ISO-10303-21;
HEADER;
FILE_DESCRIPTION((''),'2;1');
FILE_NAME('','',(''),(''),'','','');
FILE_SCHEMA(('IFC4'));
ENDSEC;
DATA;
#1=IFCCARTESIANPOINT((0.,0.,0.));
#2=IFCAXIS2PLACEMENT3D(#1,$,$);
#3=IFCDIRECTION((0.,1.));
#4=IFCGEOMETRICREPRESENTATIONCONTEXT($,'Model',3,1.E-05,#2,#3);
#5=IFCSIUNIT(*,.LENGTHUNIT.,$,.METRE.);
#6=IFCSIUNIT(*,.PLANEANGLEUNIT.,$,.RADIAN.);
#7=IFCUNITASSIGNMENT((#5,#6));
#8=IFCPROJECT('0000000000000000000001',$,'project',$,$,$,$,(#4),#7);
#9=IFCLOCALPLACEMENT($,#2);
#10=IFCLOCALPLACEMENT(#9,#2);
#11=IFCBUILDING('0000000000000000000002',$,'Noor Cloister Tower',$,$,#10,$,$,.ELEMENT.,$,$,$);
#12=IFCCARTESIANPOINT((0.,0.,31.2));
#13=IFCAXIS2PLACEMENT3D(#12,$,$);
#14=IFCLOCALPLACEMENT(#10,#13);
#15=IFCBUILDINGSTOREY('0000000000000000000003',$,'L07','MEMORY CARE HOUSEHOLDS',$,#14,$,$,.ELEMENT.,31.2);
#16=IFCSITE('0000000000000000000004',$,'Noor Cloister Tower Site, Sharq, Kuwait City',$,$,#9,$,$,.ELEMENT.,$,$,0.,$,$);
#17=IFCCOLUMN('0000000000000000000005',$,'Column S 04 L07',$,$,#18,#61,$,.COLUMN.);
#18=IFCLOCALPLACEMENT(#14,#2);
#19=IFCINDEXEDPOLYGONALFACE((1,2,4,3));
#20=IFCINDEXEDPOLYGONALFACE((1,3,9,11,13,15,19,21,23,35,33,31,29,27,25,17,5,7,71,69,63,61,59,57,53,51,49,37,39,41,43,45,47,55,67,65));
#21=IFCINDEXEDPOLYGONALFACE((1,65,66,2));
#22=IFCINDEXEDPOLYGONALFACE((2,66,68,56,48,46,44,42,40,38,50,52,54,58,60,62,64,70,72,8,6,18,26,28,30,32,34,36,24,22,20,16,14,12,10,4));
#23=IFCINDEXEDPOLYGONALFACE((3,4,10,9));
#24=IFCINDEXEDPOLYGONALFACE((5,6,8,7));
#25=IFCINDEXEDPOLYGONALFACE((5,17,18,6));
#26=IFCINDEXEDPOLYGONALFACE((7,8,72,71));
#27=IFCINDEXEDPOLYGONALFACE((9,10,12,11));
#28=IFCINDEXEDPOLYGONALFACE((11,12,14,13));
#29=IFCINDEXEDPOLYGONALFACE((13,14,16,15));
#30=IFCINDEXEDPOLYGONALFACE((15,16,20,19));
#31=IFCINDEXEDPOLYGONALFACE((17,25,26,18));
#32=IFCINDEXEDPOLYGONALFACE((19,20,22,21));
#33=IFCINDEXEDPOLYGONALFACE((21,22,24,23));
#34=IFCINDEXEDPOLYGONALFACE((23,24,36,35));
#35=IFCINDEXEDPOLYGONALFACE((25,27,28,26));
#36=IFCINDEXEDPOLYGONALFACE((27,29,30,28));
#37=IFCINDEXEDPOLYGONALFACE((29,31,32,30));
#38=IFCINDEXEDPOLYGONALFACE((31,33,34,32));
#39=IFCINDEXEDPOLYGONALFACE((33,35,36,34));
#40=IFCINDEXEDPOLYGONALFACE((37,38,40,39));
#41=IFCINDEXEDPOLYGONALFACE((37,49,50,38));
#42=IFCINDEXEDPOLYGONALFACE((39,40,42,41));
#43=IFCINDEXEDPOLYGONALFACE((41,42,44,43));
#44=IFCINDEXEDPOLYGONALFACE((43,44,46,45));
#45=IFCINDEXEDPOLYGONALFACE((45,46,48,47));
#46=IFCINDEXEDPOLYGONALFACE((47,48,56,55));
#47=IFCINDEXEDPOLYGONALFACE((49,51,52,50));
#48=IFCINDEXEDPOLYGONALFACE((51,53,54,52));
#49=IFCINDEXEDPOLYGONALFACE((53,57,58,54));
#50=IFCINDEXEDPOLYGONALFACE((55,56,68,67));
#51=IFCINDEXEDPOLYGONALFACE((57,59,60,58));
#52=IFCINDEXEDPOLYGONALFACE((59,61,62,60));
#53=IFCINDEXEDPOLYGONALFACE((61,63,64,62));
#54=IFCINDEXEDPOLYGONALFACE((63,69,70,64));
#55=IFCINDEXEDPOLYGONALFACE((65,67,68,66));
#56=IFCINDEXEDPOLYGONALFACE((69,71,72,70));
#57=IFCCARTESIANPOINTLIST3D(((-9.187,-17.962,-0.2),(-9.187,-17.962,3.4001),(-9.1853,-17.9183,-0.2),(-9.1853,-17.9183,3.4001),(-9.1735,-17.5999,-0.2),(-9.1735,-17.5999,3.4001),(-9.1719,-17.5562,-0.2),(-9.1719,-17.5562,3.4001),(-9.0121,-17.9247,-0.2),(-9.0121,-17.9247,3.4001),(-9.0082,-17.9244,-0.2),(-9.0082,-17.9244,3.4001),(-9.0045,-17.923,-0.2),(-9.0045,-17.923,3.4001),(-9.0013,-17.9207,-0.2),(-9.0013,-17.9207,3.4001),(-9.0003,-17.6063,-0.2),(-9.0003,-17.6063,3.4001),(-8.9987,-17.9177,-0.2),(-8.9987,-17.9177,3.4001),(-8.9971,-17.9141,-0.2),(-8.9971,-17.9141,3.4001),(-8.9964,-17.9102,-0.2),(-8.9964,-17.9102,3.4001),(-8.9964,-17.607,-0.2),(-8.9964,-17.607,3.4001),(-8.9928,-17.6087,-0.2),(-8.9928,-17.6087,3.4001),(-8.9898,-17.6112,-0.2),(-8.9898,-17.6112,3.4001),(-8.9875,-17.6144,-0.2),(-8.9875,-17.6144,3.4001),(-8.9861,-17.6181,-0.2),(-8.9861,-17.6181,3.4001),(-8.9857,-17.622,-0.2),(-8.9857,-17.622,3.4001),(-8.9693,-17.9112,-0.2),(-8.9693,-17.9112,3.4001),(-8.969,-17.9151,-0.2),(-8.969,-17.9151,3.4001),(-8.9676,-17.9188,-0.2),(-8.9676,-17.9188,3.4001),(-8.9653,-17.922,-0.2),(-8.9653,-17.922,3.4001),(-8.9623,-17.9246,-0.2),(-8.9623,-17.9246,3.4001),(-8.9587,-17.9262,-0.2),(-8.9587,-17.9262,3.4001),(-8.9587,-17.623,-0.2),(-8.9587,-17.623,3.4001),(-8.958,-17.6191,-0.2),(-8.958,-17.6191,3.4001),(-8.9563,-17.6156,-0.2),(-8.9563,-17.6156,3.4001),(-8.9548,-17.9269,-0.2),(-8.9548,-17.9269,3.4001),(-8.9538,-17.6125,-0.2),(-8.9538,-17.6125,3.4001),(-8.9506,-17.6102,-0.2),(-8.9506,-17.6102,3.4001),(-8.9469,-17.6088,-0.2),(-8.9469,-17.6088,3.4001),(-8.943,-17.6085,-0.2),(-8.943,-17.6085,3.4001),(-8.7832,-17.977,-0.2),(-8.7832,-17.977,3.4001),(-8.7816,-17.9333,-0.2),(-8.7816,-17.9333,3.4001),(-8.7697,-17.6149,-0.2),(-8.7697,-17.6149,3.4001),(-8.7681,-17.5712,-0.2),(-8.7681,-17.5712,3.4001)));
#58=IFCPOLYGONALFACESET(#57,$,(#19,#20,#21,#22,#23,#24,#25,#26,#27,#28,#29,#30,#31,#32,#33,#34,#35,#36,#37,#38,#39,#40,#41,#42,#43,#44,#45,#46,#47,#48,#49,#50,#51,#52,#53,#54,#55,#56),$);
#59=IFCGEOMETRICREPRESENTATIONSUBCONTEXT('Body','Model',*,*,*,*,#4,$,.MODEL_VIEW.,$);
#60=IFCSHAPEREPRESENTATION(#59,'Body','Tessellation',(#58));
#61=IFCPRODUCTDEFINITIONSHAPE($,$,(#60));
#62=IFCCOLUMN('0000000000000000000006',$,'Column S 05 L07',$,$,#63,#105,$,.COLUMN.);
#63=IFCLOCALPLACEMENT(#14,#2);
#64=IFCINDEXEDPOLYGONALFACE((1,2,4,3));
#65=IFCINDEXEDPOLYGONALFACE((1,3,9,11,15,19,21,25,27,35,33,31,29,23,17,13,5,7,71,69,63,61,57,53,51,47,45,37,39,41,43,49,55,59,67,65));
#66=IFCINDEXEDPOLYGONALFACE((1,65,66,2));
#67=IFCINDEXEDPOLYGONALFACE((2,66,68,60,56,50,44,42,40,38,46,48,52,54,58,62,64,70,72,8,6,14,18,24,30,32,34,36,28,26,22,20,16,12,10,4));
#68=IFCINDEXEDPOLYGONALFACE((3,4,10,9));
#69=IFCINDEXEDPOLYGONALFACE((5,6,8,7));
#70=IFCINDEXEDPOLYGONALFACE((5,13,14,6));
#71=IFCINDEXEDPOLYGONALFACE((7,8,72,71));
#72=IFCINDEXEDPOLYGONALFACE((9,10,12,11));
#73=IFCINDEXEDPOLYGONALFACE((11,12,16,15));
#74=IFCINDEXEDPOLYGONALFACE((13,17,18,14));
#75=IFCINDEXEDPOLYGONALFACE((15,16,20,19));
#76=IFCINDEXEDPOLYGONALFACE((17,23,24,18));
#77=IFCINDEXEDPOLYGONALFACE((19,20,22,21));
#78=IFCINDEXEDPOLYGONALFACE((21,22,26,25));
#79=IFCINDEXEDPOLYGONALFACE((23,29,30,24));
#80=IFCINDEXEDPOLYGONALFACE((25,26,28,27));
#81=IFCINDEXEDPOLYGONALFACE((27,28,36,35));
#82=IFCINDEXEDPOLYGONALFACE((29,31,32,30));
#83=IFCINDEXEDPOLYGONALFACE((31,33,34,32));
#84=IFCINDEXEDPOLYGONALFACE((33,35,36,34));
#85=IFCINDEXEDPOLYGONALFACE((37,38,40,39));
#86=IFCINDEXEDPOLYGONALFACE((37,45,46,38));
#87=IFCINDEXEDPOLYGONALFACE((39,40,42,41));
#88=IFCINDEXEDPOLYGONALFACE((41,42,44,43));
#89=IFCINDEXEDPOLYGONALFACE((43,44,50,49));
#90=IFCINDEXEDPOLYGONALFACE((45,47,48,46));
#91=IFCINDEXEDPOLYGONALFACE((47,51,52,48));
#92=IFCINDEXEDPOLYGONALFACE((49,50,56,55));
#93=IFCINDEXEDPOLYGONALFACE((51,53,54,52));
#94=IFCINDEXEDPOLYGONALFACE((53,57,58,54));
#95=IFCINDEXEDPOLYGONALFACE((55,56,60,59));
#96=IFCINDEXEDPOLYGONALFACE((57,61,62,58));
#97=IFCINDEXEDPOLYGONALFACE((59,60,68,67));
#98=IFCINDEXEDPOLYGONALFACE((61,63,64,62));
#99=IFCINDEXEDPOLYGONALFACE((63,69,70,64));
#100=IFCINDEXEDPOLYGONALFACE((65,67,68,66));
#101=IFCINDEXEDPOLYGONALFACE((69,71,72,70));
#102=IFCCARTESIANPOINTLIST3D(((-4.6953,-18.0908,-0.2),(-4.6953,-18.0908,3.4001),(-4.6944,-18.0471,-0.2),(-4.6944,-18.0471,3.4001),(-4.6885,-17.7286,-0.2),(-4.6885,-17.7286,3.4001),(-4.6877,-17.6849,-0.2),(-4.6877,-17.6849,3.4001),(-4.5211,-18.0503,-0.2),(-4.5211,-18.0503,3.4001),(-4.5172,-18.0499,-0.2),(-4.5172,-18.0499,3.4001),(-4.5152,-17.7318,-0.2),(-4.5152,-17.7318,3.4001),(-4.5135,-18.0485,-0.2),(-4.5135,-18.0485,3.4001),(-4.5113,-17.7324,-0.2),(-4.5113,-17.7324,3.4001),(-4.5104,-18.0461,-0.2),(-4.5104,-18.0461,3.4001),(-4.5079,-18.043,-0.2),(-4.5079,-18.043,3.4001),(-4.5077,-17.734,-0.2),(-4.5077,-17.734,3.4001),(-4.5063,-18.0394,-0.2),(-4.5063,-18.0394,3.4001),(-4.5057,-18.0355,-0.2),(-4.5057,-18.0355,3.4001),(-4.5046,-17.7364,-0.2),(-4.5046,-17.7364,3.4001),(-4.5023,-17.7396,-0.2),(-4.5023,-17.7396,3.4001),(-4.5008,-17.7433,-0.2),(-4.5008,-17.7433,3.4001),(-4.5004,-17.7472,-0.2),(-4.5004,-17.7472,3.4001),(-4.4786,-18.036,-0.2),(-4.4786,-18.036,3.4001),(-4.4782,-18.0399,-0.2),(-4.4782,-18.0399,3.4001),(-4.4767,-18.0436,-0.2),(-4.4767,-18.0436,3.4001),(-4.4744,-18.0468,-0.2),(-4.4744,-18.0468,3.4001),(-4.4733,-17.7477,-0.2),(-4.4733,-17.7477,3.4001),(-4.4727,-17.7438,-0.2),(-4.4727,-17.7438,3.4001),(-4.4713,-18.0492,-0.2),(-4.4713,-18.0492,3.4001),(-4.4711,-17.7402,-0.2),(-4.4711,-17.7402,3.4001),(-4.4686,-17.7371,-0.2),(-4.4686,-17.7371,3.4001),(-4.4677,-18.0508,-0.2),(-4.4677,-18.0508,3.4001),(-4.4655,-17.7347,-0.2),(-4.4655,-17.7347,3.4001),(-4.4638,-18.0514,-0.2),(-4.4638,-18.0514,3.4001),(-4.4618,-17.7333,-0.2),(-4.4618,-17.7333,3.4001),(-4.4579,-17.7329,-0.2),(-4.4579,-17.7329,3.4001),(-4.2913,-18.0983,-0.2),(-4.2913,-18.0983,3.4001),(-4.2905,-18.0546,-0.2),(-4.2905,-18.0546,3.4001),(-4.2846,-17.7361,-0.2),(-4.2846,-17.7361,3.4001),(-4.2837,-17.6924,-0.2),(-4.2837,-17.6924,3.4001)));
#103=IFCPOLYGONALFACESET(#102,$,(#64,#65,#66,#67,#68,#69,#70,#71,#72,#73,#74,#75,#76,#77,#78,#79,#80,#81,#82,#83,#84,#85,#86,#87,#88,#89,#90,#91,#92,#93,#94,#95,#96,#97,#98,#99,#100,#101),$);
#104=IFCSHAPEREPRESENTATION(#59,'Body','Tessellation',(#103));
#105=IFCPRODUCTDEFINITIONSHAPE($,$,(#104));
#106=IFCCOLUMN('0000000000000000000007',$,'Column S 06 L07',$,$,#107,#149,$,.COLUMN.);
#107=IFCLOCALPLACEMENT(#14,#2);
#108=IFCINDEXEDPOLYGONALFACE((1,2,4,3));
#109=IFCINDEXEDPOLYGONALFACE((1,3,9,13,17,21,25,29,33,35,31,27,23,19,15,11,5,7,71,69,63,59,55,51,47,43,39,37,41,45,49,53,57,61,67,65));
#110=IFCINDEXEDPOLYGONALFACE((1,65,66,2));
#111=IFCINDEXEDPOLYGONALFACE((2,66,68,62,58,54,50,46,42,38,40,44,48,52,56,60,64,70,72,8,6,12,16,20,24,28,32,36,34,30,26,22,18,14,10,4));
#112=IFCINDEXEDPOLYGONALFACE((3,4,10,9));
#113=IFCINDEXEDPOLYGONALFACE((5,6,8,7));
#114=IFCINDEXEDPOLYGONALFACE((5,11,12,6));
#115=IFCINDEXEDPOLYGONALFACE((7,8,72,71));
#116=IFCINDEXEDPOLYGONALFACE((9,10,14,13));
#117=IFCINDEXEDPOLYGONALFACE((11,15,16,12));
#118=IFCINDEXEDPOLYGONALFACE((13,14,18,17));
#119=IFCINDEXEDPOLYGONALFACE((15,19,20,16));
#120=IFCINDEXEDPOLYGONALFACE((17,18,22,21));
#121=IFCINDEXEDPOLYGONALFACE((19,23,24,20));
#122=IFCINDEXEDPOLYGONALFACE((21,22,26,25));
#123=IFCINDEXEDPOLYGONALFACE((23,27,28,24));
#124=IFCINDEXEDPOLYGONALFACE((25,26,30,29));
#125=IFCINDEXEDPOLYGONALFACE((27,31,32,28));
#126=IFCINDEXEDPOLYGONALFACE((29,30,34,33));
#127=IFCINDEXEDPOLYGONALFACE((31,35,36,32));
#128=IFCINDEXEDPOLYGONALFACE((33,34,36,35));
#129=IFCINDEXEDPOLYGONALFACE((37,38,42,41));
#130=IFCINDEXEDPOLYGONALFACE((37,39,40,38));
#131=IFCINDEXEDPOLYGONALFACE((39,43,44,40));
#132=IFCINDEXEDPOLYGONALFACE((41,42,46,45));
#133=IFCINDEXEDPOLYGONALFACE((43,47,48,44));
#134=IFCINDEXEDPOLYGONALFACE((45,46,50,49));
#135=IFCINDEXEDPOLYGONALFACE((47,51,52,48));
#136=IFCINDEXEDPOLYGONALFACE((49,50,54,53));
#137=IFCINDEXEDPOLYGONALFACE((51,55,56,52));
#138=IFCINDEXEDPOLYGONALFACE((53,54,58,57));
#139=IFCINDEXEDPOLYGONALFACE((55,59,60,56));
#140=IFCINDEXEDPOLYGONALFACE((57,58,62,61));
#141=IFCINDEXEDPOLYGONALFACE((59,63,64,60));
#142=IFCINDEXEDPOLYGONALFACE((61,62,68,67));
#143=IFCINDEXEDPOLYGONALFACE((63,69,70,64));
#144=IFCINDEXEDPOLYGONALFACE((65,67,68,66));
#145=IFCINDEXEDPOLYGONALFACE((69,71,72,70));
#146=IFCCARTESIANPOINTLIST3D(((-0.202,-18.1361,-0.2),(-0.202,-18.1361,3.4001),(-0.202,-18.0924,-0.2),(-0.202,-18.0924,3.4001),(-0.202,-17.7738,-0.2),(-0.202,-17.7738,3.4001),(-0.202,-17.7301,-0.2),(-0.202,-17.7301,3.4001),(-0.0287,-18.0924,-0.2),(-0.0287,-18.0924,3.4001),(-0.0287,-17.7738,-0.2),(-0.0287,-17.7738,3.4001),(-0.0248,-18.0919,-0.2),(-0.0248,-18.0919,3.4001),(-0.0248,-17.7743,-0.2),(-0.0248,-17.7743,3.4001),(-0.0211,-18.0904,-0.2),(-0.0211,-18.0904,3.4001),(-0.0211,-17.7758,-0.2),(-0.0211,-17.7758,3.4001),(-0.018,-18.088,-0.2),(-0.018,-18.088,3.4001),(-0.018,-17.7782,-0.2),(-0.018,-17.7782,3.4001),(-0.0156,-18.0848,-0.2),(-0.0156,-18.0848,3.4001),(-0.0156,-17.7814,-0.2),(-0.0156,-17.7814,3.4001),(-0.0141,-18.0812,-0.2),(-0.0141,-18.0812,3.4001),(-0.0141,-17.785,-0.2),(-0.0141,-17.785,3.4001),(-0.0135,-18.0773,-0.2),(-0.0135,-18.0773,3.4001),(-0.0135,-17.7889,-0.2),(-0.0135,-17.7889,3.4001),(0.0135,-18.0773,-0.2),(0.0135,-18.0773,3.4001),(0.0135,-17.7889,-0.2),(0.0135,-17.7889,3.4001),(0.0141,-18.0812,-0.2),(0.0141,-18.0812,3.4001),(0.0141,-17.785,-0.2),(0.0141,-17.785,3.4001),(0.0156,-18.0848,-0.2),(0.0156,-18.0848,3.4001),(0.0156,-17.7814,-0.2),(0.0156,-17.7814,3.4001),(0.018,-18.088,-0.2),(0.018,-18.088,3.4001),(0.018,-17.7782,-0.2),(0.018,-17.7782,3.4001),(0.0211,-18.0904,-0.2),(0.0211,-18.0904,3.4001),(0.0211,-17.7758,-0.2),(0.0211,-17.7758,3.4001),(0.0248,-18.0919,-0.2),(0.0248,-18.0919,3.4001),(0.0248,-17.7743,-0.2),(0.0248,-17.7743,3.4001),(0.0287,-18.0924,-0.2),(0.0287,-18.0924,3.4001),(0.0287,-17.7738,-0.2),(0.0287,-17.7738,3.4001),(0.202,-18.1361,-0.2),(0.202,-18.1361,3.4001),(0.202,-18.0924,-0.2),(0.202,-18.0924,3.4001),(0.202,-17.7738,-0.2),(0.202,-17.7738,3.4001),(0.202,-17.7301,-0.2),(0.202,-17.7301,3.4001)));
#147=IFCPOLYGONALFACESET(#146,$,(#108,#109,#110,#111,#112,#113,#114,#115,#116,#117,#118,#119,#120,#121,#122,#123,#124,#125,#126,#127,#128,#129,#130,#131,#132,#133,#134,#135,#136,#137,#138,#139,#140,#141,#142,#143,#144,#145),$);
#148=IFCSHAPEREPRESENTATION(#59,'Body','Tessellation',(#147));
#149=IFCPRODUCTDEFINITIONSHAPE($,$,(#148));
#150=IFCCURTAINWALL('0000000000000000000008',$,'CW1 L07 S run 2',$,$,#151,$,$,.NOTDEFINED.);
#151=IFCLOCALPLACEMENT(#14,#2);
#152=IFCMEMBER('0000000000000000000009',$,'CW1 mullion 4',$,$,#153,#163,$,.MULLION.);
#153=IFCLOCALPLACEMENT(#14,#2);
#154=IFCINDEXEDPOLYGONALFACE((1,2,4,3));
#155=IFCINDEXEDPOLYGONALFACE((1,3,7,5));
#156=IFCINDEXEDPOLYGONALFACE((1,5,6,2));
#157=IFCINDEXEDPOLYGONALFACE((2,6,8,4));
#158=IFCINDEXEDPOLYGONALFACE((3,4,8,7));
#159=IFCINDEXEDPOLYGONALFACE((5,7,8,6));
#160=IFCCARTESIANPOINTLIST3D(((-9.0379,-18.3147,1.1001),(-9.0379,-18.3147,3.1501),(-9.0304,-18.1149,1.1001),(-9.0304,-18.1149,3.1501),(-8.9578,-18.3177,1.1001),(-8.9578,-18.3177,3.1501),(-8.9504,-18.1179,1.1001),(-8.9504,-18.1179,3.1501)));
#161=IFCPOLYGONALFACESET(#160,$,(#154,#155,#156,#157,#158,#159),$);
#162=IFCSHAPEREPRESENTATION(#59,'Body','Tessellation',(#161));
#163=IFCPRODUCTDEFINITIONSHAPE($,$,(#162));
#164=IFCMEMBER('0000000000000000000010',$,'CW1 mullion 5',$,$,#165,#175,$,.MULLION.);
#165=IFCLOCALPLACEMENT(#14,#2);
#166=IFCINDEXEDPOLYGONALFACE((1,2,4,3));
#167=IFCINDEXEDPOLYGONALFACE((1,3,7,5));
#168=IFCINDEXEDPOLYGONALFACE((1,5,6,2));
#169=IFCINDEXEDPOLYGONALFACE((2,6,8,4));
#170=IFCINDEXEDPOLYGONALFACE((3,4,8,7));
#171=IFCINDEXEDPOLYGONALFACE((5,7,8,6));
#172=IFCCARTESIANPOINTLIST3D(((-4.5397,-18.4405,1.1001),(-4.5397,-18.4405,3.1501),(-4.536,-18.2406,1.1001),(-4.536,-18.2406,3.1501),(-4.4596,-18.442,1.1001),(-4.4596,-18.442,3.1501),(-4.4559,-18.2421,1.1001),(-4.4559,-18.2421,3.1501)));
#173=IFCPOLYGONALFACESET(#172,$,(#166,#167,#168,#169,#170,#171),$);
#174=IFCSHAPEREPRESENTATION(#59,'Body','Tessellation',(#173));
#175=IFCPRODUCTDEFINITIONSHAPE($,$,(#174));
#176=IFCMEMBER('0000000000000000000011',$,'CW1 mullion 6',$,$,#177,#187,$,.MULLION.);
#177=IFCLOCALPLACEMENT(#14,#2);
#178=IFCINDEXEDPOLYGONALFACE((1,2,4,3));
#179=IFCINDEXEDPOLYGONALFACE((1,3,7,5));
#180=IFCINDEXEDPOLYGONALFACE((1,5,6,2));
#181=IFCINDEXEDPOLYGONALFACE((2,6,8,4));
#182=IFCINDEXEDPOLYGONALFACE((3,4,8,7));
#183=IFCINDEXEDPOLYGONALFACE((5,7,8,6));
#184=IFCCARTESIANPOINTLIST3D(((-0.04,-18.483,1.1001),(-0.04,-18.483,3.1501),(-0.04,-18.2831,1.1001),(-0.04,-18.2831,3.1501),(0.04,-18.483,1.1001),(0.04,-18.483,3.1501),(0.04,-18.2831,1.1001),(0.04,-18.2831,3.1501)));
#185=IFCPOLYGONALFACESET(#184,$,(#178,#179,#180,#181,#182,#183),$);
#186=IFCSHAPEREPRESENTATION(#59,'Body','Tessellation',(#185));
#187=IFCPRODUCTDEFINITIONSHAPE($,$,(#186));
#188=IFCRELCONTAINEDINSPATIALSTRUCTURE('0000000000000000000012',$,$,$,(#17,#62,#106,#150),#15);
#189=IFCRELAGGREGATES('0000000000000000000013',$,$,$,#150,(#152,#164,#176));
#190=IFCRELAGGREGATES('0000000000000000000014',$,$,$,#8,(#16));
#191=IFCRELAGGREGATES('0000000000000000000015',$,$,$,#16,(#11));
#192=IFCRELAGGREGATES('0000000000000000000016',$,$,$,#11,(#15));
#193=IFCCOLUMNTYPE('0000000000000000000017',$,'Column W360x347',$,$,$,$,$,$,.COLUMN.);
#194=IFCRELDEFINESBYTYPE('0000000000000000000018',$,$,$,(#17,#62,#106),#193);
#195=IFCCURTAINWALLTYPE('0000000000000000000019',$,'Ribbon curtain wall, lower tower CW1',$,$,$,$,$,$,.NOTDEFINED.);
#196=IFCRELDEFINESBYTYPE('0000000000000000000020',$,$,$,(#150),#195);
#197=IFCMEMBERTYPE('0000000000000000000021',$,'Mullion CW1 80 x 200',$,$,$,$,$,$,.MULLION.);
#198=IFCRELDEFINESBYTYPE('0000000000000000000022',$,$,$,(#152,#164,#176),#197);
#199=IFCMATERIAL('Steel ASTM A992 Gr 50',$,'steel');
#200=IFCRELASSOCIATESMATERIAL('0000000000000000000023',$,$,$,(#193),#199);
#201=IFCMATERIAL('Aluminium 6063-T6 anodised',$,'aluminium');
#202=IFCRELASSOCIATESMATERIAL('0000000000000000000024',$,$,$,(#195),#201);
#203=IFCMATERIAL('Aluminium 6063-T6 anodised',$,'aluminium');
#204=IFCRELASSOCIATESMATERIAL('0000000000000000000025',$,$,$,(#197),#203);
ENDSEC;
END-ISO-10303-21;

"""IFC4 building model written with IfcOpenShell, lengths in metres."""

from ifc_helpers import new_model, si_unit, direction, frame, origin, origin_2d, place, context, subcontext, project, spatial, rectangle, i_section, extrude, material, material_profile, profile_set, type_object, element, aggregate, save


model = new_model("IFC4")

# Units and contexts
model_context = context("Model", 3, precision=1e-05, world=origin(), true_north=direction((0.0, 1.0)))
body_context = subcontext(model_context, "Body", "Model", "MODEL_VIEW")
ifc_project = project(units=[si_unit("LENGTHUNIT", "METRE"), si_unit("PLANEANGLEUNIT", "RADIAN")], contexts=[model_context])

# Site, building, storey
site_placement = place(None, origin())
site = spatial("IfcSite", under=ifc_project, at=site_placement, Name="Noor Cloister Tower Site, Sharq, Kuwait City", CompositionType="ELEMENT", RefElevation=0.0)
building_placement = place(site_placement, origin())
building = spatial("IfcBuilding", under=site, at=building_placement, Name="Noor Cloister Tower", CompositionType="ELEMENT")
storey_placement = place(building_placement, frame((0.0, 0.0, 31.2)))
storey = spatial("IfcBuildingStorey", under=building, at=storey_placement, Name="L07", Description="MEMORY CARE HOUSEHOLDS", CompositionType="ELEMENT", Elevation=31.2)

# Columns
ifc_material_1 = material(Name="Steel ASTM A992 Gr 50", Category="steel")
ifc_material_profile_1 = material_profile(ifc_material_1, i_section(OverallWidth=0.4041, OverallDepth=0.406, WebThickness=0.0271, FlangeThickness=0.0437, FilletRadius=0.0151, at=origin_2d()), Name="W360x347")
ifc_profile_set_1 = profile_set([ifc_material_profile_1], Name="Steel ASTM A992 Gr 50")
column_type = type_object("IfcColumnType", Name="Column W360x347", PredefinedType="COLUMN", material=ifc_profile_set_1)
for number, where, z_axis, x_axis, name in (
    (1, (-8.9775, -17.7666, -0.2), (0.0, 0.0, 1.0), (0.999312, -0.037099, 0.0), "Column S 04 L07"),
    (2, (-4.4895, -17.8916, -0.2), (0.0, 0.0, 1.0), (0.999828, -0.018553, 0.0), "Column S 05 L07"),
    (3, (0.0, -17.9331, -0.2), (0.0, 0.0, 1.0), (1.0, 0.0, 0.0), "Column S 06 L07"),
):
    element("IfcColumn", number, at=place(storey_placement, frame(where, z_axis=z_axis, x_axis=x_axis)), inside=storey, type_object=column_type, Name=name, PredefinedType="COLUMN", context=body_context, shape_type="SweptSolid", body=[
        extrude(i_section(OverallWidth=0.4041, OverallDepth=0.406, WebThickness=0.0271, FlangeThickness=0.0437, FilletRadius=0.0151, at=origin_2d()), origin(), (0.0, 0.0, 1.0), 3.6001),
    ])

# Curtain wall, members
ifc_material_2 = material(Name="Aluminium 6063-T6 anodised", Category="aluminium")
curtain_wall_type = type_object("IfcCurtainWallType", Name="Ribbon curtain wall, lower tower CW1", PredefinedType="NOTDEFINED", material=ifc_material_2)
curtain_wall_placement = place(storey_placement, origin())
curtain_wall = element("IfcCurtainWall", 4, at=curtain_wall_placement, inside=storey, type_object=curtain_wall_type, Name="CW1 L07 S run 2", PredefinedType="NOTDEFINED")
ifc_material_3 = material(Name="Aluminium 6063-T6 anodised", Category="aluminium")
ifc_material_profile_2 = material_profile(ifc_material_3, rectangle(XDim=0.2, YDim=0.0801, at=origin_2d()), Name="200 x 80 mullion")
ifc_profile_set_2 = profile_set([ifc_material_profile_2], Name="Aluminium 6063-T6 anodised")
member_type = type_object("IfcMemberType", Name="Mullion CW1 80 x 200", PredefinedType="MULLION", material=ifc_profile_set_2)
member_1_placement = place(storey_placement, frame((-8.9941, -18.2163, 1.1001), z_axis=(0.0, 0.0, 1.0), x_axis=(0.037099, 0.999312, 0.0)))
member_1 = element("IfcMember", 5, at=member_1_placement, type_object=member_type, Name="CW1 mullion 4", PredefinedType="MULLION", context=body_context, shape_type="SweptSolid", body=[
    extrude(rectangle(XDim=0.2, YDim=0.0801, at=origin_2d()), origin(), (0.0, 0.0, 1.0), 2.05),
])
member_2_placement = place(storey_placement, frame((-4.4978, -18.3413, 1.1001), z_axis=(0.0, 0.0, 1.0), x_axis=(0.018553, 0.999828, 0.0)))
member_2 = element("IfcMember", 6, at=member_2_placement, type_object=member_type, Name="CW1 mullion 5", PredefinedType="MULLION", context=body_context, shape_type="SweptSolid", body=[
    extrude(rectangle(XDim=0.2, YDim=0.0801, at=origin_2d()), origin(), (0.0, 0.0, 1.0), 2.05),
])
member_3_placement = place(storey_placement, frame((0.0, -18.3831, 1.1001), z_axis=(0.0, 0.0, 1.0), x_axis=(0.0, 1.0, 0.0)))
member_3 = element("IfcMember", 7, at=member_3_placement, type_object=member_type, Name="CW1 mullion 6", PredefinedType="MULLION", context=body_context, shape_type="SweptSolid", body=[
    extrude(rectangle(XDim=0.2, YDim=0.0801, at=origin_2d()), origin(), (0.0, 0.0, 1.0), 2.05),
])

aggregate(curtain_wall, [member_1, member_2, member_3])

save(model, "model.ifc")
